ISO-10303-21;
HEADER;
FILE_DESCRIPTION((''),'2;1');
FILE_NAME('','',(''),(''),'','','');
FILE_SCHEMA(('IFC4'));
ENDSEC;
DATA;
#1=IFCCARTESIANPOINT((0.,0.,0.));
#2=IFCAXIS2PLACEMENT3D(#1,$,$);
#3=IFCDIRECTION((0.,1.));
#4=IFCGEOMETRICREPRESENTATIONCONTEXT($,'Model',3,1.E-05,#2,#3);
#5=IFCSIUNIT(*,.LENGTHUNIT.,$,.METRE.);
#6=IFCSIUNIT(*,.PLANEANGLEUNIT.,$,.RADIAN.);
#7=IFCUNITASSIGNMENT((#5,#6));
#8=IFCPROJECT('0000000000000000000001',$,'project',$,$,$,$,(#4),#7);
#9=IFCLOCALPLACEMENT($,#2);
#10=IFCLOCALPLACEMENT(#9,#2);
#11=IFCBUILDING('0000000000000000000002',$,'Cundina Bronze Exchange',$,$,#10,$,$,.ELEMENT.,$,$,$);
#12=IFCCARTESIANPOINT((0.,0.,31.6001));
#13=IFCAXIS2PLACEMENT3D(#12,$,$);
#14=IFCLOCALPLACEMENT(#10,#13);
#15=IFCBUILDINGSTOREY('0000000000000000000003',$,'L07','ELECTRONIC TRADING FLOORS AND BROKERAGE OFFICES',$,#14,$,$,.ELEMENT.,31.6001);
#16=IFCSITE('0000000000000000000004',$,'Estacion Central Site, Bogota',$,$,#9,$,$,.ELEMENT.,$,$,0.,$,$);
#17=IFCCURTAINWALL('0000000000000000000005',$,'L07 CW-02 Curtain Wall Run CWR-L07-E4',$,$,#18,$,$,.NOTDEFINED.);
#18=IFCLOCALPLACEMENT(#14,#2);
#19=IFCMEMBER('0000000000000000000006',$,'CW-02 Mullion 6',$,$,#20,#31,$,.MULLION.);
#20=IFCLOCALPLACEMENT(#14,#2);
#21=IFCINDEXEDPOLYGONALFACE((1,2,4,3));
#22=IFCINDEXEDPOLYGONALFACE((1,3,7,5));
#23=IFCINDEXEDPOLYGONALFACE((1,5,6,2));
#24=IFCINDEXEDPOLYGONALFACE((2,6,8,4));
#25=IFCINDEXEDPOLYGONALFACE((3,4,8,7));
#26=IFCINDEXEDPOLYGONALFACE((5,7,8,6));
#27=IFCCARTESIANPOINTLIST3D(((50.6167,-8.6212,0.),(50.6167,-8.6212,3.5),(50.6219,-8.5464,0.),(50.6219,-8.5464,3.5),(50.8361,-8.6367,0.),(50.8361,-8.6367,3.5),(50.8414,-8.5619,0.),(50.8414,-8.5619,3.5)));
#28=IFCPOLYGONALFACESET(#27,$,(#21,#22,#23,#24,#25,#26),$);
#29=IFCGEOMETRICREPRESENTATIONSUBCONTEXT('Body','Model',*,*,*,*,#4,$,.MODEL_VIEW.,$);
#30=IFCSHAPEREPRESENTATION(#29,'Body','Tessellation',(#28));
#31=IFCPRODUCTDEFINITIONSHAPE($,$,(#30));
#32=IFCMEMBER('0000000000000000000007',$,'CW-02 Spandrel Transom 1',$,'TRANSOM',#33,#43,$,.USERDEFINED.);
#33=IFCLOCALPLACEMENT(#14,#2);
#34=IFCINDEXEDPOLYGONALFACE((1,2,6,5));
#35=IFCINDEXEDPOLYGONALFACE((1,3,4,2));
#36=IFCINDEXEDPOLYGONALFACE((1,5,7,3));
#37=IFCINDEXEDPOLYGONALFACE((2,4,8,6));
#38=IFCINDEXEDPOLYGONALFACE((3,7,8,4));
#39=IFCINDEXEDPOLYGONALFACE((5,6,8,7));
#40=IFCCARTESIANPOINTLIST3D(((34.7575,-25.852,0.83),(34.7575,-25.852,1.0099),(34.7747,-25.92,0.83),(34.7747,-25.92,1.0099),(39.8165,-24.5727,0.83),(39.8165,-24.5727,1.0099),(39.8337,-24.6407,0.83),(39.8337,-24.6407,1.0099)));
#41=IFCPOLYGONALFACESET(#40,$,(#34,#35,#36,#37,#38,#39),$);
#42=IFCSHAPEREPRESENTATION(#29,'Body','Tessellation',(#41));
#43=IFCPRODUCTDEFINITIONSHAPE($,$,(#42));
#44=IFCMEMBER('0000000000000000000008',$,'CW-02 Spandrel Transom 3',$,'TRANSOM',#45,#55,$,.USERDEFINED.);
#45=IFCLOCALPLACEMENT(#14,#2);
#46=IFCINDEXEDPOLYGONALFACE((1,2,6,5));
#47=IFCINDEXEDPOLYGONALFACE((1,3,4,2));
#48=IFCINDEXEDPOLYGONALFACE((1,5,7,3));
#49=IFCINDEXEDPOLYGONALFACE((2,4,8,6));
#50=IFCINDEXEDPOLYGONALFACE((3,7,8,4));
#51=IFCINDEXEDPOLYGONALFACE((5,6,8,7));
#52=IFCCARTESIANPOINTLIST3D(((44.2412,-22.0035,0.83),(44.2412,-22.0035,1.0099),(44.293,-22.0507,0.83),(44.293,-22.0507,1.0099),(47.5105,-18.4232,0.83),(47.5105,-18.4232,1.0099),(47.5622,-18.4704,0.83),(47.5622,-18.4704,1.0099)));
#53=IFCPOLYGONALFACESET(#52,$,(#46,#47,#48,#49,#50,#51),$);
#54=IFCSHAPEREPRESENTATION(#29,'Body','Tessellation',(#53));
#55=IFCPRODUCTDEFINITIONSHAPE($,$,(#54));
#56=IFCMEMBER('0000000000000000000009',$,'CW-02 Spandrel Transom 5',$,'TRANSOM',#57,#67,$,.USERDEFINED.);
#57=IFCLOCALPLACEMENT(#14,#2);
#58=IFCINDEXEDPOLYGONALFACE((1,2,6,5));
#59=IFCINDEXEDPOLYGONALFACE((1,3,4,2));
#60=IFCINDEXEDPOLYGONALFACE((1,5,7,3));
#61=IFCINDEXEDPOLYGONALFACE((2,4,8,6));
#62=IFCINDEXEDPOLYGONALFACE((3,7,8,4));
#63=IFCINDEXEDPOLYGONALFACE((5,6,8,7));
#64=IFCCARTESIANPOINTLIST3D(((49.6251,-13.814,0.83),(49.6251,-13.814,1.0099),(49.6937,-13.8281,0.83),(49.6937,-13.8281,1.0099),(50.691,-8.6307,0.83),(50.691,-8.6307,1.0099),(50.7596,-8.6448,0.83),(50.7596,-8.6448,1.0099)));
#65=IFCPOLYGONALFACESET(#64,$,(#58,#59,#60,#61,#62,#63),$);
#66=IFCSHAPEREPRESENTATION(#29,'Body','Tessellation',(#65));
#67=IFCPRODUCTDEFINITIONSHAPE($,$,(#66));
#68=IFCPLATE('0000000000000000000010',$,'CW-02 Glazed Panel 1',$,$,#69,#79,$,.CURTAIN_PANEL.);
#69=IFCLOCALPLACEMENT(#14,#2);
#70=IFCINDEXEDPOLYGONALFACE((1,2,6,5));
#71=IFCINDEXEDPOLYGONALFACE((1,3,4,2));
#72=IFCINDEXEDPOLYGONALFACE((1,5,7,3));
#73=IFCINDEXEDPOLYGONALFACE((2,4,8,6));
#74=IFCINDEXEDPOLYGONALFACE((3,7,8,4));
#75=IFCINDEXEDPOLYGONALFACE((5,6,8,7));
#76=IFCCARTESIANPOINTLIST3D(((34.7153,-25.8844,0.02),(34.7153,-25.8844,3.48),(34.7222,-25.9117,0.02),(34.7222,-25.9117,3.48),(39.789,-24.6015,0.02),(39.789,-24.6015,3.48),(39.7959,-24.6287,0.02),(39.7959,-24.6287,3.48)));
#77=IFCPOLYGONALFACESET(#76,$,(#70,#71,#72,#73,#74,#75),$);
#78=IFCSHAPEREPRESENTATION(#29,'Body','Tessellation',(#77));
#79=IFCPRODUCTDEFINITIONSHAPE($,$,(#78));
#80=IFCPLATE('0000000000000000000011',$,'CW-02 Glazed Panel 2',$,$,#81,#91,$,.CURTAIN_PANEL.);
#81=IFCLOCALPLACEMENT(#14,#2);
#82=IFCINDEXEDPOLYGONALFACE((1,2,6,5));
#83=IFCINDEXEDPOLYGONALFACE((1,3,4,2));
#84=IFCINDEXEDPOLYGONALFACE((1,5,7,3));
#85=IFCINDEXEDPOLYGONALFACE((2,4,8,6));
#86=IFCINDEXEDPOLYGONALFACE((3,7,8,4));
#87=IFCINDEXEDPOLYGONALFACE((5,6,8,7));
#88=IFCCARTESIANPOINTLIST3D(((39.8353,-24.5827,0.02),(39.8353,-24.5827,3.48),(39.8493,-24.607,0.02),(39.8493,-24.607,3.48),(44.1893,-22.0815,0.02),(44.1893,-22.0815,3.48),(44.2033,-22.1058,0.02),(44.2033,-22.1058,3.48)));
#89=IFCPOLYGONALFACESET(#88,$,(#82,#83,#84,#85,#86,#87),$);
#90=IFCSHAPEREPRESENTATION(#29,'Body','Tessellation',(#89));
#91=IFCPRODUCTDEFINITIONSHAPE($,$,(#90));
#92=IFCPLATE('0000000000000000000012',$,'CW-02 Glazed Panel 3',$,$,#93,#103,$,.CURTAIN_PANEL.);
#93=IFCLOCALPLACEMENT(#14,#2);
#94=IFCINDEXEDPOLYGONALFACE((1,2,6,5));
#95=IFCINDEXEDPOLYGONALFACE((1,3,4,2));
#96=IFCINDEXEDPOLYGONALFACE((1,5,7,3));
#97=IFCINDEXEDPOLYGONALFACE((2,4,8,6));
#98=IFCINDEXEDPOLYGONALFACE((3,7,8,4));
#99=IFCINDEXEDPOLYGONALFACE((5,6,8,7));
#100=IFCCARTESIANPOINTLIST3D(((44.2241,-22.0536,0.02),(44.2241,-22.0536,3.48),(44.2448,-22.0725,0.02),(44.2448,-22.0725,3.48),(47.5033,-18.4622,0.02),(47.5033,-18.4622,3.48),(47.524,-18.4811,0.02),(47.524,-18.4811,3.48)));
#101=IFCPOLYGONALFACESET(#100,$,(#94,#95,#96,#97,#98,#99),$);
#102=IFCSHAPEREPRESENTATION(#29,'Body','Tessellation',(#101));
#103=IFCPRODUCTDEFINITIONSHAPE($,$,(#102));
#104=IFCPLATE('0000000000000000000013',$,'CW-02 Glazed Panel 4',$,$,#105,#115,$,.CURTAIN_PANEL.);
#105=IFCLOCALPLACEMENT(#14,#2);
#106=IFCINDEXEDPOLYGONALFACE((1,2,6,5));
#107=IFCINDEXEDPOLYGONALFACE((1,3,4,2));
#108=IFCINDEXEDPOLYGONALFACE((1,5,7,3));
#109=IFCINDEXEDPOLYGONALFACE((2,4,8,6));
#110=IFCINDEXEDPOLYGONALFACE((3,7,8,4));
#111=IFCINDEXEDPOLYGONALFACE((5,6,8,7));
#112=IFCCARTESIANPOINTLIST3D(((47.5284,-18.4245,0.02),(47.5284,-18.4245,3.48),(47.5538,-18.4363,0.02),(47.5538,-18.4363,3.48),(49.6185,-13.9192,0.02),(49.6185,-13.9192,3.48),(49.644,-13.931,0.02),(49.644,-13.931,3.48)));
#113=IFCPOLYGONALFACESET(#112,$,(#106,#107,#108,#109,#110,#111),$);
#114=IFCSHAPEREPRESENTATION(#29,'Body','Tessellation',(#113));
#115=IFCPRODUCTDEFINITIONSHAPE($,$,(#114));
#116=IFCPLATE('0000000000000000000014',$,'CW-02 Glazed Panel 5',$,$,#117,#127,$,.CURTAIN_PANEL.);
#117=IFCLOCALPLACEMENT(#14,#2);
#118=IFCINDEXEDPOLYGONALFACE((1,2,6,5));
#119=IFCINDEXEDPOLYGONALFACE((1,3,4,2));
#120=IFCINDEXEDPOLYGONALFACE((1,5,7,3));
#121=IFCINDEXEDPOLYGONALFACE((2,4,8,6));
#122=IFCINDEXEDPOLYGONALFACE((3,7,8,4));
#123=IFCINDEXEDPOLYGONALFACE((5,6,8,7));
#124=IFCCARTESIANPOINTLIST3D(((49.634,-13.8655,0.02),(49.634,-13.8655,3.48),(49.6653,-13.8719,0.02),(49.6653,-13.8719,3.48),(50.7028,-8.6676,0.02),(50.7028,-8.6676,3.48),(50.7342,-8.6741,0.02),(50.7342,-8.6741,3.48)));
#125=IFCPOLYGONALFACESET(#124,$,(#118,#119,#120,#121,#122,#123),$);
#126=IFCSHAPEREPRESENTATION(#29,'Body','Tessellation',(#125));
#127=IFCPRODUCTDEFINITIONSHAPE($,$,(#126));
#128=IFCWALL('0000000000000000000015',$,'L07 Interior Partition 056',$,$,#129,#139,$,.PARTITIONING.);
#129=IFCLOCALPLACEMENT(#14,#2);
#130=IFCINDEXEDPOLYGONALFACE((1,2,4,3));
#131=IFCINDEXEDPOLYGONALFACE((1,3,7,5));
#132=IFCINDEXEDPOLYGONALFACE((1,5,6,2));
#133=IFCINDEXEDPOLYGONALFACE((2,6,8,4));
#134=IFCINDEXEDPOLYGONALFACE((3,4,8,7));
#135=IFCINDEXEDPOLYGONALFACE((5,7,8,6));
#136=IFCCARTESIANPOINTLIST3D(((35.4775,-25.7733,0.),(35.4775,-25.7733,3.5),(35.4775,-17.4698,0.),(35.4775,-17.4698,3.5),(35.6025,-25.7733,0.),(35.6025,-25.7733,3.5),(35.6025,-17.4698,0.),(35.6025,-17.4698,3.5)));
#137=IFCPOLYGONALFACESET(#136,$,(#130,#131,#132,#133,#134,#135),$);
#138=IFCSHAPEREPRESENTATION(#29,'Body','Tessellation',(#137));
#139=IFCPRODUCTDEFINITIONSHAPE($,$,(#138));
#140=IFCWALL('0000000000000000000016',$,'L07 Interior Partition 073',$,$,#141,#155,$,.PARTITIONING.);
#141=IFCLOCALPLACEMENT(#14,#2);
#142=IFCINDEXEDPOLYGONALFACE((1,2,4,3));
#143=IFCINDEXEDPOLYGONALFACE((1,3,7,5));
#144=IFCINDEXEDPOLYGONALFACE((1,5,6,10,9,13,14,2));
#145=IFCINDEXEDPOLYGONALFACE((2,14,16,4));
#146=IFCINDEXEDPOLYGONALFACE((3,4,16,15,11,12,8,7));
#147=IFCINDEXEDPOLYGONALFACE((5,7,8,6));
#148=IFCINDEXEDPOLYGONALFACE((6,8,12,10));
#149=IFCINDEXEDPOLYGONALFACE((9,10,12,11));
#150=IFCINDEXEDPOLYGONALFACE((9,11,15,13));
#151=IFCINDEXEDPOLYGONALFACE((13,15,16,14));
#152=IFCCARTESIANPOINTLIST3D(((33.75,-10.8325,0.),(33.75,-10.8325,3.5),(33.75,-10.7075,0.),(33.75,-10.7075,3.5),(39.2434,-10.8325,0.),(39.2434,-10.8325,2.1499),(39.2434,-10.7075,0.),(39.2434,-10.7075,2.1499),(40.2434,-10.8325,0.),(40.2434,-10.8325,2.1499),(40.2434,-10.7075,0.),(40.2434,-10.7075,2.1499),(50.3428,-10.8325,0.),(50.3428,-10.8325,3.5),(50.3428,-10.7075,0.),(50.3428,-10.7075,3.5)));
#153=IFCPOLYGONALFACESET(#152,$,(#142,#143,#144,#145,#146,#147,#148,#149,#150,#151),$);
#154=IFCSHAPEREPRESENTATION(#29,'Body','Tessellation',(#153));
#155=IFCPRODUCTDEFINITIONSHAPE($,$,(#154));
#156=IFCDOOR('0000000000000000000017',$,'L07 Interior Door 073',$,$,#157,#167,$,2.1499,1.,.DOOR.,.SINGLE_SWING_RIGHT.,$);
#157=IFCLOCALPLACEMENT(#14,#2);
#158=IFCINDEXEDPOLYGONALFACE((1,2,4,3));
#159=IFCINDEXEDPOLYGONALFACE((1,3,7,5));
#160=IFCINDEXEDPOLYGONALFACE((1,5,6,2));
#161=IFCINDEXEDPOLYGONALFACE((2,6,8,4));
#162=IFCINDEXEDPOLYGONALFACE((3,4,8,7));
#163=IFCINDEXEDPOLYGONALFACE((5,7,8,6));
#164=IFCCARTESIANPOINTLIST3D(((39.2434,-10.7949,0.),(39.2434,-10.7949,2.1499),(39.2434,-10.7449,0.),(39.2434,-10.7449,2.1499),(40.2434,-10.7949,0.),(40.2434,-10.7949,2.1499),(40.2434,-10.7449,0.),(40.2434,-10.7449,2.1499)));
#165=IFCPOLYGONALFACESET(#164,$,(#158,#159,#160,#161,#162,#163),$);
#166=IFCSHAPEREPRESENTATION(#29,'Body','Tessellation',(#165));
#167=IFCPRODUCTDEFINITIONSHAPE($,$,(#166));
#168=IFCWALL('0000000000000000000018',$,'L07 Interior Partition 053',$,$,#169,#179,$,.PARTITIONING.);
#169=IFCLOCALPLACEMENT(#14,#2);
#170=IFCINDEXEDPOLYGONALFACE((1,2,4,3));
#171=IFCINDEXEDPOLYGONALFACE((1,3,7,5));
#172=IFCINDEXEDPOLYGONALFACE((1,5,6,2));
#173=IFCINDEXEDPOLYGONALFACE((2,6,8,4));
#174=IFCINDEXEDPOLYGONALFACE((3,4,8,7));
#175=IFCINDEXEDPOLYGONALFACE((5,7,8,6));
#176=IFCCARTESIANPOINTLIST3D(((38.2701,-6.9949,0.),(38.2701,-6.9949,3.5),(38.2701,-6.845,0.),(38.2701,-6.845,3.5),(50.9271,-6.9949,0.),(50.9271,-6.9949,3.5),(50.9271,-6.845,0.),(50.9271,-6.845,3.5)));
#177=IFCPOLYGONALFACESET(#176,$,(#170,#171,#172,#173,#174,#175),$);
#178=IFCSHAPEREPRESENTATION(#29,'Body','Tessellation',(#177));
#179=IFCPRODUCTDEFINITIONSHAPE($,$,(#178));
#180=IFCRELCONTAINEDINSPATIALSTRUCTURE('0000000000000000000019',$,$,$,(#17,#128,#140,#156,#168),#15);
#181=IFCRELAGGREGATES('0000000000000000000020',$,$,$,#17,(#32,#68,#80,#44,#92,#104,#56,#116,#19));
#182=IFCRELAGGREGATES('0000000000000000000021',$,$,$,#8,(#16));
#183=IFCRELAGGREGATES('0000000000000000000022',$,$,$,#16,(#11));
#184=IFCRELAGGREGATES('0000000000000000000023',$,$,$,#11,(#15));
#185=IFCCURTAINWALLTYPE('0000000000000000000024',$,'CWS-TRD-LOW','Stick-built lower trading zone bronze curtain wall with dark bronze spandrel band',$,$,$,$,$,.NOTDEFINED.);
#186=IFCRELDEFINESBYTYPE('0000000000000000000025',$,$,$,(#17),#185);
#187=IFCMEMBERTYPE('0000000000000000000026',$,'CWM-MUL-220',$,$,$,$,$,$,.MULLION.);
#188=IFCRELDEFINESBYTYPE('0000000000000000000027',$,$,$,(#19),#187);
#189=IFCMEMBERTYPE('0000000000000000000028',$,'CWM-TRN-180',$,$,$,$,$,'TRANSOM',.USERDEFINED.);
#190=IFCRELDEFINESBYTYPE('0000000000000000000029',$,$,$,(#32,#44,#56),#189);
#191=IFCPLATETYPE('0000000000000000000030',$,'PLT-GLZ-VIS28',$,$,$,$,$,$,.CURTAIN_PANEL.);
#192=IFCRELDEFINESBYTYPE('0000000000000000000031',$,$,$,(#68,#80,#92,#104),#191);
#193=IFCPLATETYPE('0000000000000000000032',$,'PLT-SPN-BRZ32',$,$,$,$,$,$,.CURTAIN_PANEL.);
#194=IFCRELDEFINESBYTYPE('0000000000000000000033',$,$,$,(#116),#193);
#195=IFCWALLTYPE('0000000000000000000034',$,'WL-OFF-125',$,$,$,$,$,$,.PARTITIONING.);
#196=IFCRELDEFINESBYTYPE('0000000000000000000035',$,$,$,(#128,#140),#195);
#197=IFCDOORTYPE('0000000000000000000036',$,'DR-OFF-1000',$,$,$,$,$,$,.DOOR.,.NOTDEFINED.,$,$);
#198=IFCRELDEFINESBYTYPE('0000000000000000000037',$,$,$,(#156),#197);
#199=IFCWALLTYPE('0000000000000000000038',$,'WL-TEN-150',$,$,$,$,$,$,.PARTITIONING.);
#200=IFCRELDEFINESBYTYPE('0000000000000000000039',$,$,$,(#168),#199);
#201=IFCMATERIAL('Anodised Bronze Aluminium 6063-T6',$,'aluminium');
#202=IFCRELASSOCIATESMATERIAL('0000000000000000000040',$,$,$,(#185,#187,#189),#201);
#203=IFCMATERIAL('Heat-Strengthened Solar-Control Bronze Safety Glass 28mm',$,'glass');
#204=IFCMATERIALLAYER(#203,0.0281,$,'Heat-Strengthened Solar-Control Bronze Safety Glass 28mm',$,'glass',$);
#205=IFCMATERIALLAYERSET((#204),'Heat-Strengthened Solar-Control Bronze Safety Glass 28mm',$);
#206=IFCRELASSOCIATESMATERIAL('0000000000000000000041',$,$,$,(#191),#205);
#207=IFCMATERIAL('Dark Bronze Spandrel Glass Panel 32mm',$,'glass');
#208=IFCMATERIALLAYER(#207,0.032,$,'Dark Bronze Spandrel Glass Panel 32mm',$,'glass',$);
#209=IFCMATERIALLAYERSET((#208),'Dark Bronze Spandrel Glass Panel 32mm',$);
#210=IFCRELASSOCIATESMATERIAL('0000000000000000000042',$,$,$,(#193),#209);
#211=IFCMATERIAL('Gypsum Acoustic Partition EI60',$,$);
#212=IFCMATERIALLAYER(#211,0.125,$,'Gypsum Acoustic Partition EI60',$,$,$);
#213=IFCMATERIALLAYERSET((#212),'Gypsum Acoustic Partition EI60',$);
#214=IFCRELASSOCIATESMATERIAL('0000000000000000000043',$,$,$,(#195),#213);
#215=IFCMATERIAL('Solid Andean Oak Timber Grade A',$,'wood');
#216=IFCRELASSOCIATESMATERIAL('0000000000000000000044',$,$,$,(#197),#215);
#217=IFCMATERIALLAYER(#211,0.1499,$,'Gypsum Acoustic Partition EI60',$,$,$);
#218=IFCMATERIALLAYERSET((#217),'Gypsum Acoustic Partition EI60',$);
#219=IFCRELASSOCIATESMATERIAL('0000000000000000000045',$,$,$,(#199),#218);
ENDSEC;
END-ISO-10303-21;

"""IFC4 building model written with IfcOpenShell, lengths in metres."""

from ifc_helpers import new_model, si_unit, direction, frame, frame_2d, origin, origin_2d, place, context, subcontext, project, spatial, rectangle, extrude, material, layer, layer_set, material_profile, profile_set, type_object, element, fill, aggregate, save


model = new_model("IFC4")

# Units and contexts
model_context = context("Model", 3, precision=1e-05, world=origin(), true_north=direction((0.0, 1.0)))
body_context = subcontext(model_context, "Body", "Model", "MODEL_VIEW")
ifc_project = project(units=[si_unit("LENGTHUNIT", "METRE"), si_unit("PLANEANGLEUNIT", "RADIAN")], contexts=[model_context])

# Site, building, storey
site_placement = place(None, origin())
site = spatial("IfcSite", under=ifc_project, at=site_placement, Name="Estacion Central Site, Bogota", CompositionType="ELEMENT", RefElevation=0.0)
building_placement = place(site_placement, origin())
building = spatial("IfcBuilding", under=site, at=building_placement, Name="Cundina Bronze Exchange", CompositionType="ELEMENT")
storey_placement = place(building_placement, frame((0.0, 0.0, 31.6001)))
storey = spatial("IfcBuildingStorey", under=building, at=storey_placement, Name="L07", Description="ELECTRONIC TRADING FLOORS AND BROKERAGE OFFICES", CompositionType="ELEMENT", Elevation=31.6001)

# Curtain wall, members, plates
ifc_material_1 = material(Name="Anodised Bronze Aluminium 6063-T6", Category="aluminium")
curtain_wall_type = type_object("IfcCurtainWallType", Name="CWS-TRD-LOW", Description="Stick-built lower trading zone bronze curtain wall with dark bronze spandrel band", PredefinedType="NOTDEFINED", material=ifc_material_1)
curtain_wall_placement = place(storey_placement, origin())
curtain_wall = element("IfcCurtainWall", 1, at=curtain_wall_placement, inside=storey, type_object=curtain_wall_type, Name="L07 CW-02 Curtain Wall Run CWR-L07-E4", PredefinedType="NOTDEFINED")
ifc_material_profile_1 = material_profile(ifc_material_1, rectangle(XDim=0.075, YDim=0.22, at=origin_2d()), Name="AL75X220", Category="aluminium")
ifc_profile_set_1 = profile_set([ifc_material_profile_1], Name="Anodised Bronze Aluminium 6063-T6")
member_type_1 = type_object("IfcMemberType", Name="CWM-MUL-220", PredefinedType="MULLION", material=ifc_profile_set_1)
member_1_placement = place(storey_placement, frame((50.729, -8.5916, 0.0), z_axis=(0.0, 0.0, 1.0), x_axis=(0.070279, 0.997527, 0.0)))
member_1 = element("IfcMember", 2, at=member_1_placement, type_object=member_type_1, Name="CW-02 Mullion 6", PredefinedType="MULLION", context=body_context, shape_type="SweptSolid", body=[
    extrude(rectangle(XDim=0.075, YDim=0.22, at=origin_2d()), origin(), (0.0, 0.0, 1.0), 3.5),
])
ifc_material_profile_2 = material_profile(ifc_material_1, rectangle(XDim=0.0701, YDim=0.1799, at=origin_2d()), Name="AL70X180", Category="aluminium")
ifc_profile_set_2 = profile_set([ifc_material_profile_2], Name="Anodised Bronze Aluminium 6063-T6")
member_type_2 = type_object("IfcMemberType", Name="CWM-TRN-180", ElementType="TRANSOM", PredefinedType="USERDEFINED", material=ifc_profile_set_2)
member_2_placement = place(storey_placement, frame((34.7661, -25.886, 0.9199), z_axis=(0.969484, 0.245155, 0.0), x_axis=(-0.245155, 0.969484, 0.0)))
member_2 = element("IfcMember", 3, at=member_2_placement, type_object=member_type_2, Name="CW-02 Spandrel Transom 1", ObjectType="TRANSOM", PredefinedType="USERDEFINED", context=body_context, shape_type="SweptSolid", body=[
    extrude(rectangle(XDim=0.0701, YDim=0.1799, at=origin_2d()), origin(), (0.0, 0.0, 1.0), 5.2183),
])
member_3_placement = place(storey_placement, frame((44.2671, -22.0271, 0.9199), z_axis=(0.674303, 0.738455, 0.0), x_axis=(-0.738455, 0.674303, 0.0)))
member_3 = element("IfcMember", 4, at=member_3_placement, type_object=member_type_2, Name="CW-02 Spandrel Transom 3", ObjectType="TRANSOM", PredefinedType="USERDEFINED", context=body_context, shape_type="SweptSolid", body=[
    extrude(rectangle(XDim=0.0701, YDim=0.1799, at=origin_2d()), origin(), (0.0, 0.0, 1.0), 4.8484),
])
member_4_placement = place(storey_placement, frame((49.6594, -13.821, 0.9199), z_axis=(0.201428, 0.979503, 0.0), x_axis=(-0.979503, 0.201428, 0.0)))
member_4 = element("IfcMember", 5, at=member_4_placement, type_object=member_type_2, Name="CW-02 Spandrel Transom 5", ObjectType="TRANSOM", PredefinedType="USERDEFINED", context=body_context, shape_type="SweptSolid", body=[
    extrude(rectangle(XDim=0.0701, YDim=0.1799, at=origin_2d()), origin(), (0.0, 0.0, 1.0), 5.2917),
])
ifc_material_2 = material(Name="Heat-Strengthened Solar-Control Bronze Safety Glass 28mm", Category="glass")
ifc_layer_1 = layer(ifc_material_2, 0.0281, Name="Heat-Strengthened Solar-Control Bronze Safety Glass 28mm", Category="glass")
ifc_layer_set_1 = layer_set([ifc_layer_1], Name="Heat-Strengthened Solar-Control Bronze Safety Glass 28mm")
plate_type_1 = type_object("IfcPlateType", Name="PLT-GLZ-VIS28", PredefinedType="CURTAIN_PANEL", material=ifc_layer_set_1)
plate_1_placement = place(storey_placement, frame((37.2556, -25.2566, 0.02), z_axis=(0.0, 0.0, 1.0), x_axis=(0.969488, 0.245138, 0.0)))
plate_1 = element("IfcPlate", 6, at=plate_1_placement, type_object=plate_type_1, Name="CW-02 Glazed Panel 1", PredefinedType="CURTAIN_PANEL", context=body_context, shape_type="SweptSolid", body=[
    extrude(rectangle(XDim=5.2334, YDim=0.0281, at=origin_2d()), origin(), (0.0, 0.0, 1.0), 3.46),
])
plate_2_placement = place(storey_placement, frame((42.0193, -23.3442, 0.02), z_axis=(0.0, 0.0, 1.0), x_axis=(0.867105, 0.498125, 0.0)))
plate_2 = element("IfcPlate", 7, at=plate_2_placement, type_object=plate_type_1, Name="CW-02 Glazed Panel 2", PredefinedType="CURTAIN_PANEL", context=body_context, shape_type="SweptSolid", body=[
    extrude(rectangle(XDim=5.0212, YDim=0.0281, at=origin_2d()), origin(), (0.0, 0.0, 1.0), 3.46),
])
plate_3_placement = place(storey_placement, frame((45.874, -20.2673, 0.02), z_axis=(0.0, 0.0, 1.0), x_axis=(0.674277, 0.738479, 0.0)))
plate_3 = element("IfcPlate", 8, at=plate_3_placement, type_object=plate_type_1, Name="CW-02 Glazed Panel 3", PredefinedType="CURTAIN_PANEL", context=body_context, shape_type="SweptSolid", body=[
    extrude(rectangle(XDim=4.8633, YDim=0.0281, at=origin_2d()), origin(), (0.0, 0.0, 1.0), 3.46),
])
plate_4_placement = place(storey_placement, frame((48.5862, -16.1777, 0.02), z_axis=(0.0, 0.0, 1.0), x_axis=(0.420846, 0.907132, 0.0)))
plate_4 = element("IfcPlate", 9, at=plate_4_placement, type_object=plate_type_1, Name="CW-02 Glazed Panel 4", PredefinedType="CURTAIN_PANEL", context=body_context, shape_type="SweptSolid", body=[
    extrude(rectangle(XDim=4.9666, YDim=0.0281, at=origin_2d()), origin(), (0.0, 0.0, 1.0), 3.46),
])
ifc_material_3 = material(Name="Dark Bronze Spandrel Glass Panel 32mm", Category="glass")
ifc_layer_2 = layer(ifc_material_3, 0.032, Name="Dark Bronze Spandrel Glass Panel 32mm", Category="glass")
ifc_layer_set_2 = layer_set([ifc_layer_2], Name="Dark Bronze Spandrel Glass Panel 32mm")
plate_type_2 = type_object("IfcPlateType", Name="PLT-SPN-BRZ32", PredefinedType="CURTAIN_PANEL", material=ifc_layer_set_2)
plate_5_placement = place(storey_placement, frame((50.1841, -11.2698, 0.02), z_axis=(0.0, 0.0, 1.0), x_axis=(0.20142, 0.979505, 0.0)))
plate_5 = element("IfcPlate", 10, at=plate_5_placement, type_object=plate_type_2, Name="CW-02 Glazed Panel 5", PredefinedType="CURTAIN_PANEL", context=body_context, shape_type="SweptSolid", body=[
    extrude(rectangle(XDim=5.3066, YDim=0.032, at=origin_2d()), origin(), (0.0, 0.0, 1.0), 3.46),
])
aggregate(curtain_wall, [member_2, plate_1, plate_2, member_3, plate_3, plate_4, member_4, plate_5, member_1])

# Wall
ifc_material_4 = material(Name="Gypsum Acoustic Partition EI60")
ifc_layer_3 = layer(ifc_material_4, 0.125, Name="Gypsum Acoustic Partition EI60")
ifc_layer_set_3 = layer_set([ifc_layer_3], Name="Gypsum Acoustic Partition EI60")
wall_type_1 = type_object("IfcWallType", Name="WL-OFF-125", PredefinedType="PARTITIONING", material=ifc_layer_set_3)
wall_1_placement = place(storey_placement, frame((35.54, -25.7734, 0.0), z_axis=(0.0, 0.0, 1.0), x_axis=(0.0, 1.0, 0.0)))
element("IfcWall", 11, at=wall_1_placement, inside=storey, type_object=wall_type_1, Name="L07 Interior Partition 056", PredefinedType="PARTITIONING", context=body_context, shape_type="SweptSolid", body=[
    extrude(rectangle(XDim=8.3035, YDim=0.125, at=frame_2d((4.1519, 0.0))), origin(), (0.0, 0.0, 1.0), 3.5),
])

# Wall, opening, door
wall_2_placement = place(storey_placement, frame((50.3428, -10.77, 0.0), z_axis=(0.0, 0.0, 1.0), x_axis=(-1.0, 0.0, 0.0)))
wall_2 = element("IfcWall", 12, at=wall_2_placement, inside=storey, type_object=wall_type_1, Name="L07 Interior Partition 073", PredefinedType="PARTITIONING", context=body_context, shape_type="SweptSolid", body=[
    extrude(rectangle(XDim=16.5928, YDim=0.125, at=frame_2d((8.2964, 0.0))), origin(), (0.0, 0.0, 1.0), 3.5),
])
opening_placement = place(wall_2_placement, frame((10.0994, 0.0, 0.0)))
opening = element("IfcOpeningElement", 13, at=opening_placement, cuts=wall_2, PredefinedType="OPENING", context=body_context, shape_type="SweptSolid", body=[
    extrude(rectangle(XDim=1.0, YDim=2.1499, at=frame_2d((0.5, 1.075))), frame((0.0, 0.0725, 0.0), z_axis=(0.0, -1.0, 0.0), x_axis=(1.0, 0.0, 0.0)), (0.0, 0.0, 1.0), 0.145),
])
ifc_material_5 = material(Name="Solid Andean Oak Timber Grade A", Category="wood")
door_type = type_object("IfcDoorType", Name="DR-OFF-1000", OperationType="NOTDEFINED", PredefinedType="DOOR", material=ifc_material_5)
door_placement = place(opening_placement, origin())
door = element("IfcDoor", 14, at=door_placement, inside=storey, type_object=door_type, Name="L07 Interior Door 073", OperationType="SINGLE_SWING_RIGHT", OverallHeight=2.1499, OverallWidth=1.0, PredefinedType="DOOR", context=body_context, shape_type="SweptSolid", body=[
    extrude(rectangle(XDim=1.0, YDim=2.1499, at=frame_2d((0.5, 1.075))), frame((0.0, 0.0249, 0.0), z_axis=(0.0, -1.0, 0.0), x_axis=(1.0, 0.0, 0.0)), (0.0, 0.0, 1.0), 0.05),
])
fill(opening, door)

# Wall
ifc_layer_4 = layer(ifc_material_4, 0.1499, Name="Gypsum Acoustic Partition EI60")
ifc_layer_set_4 = layer_set([ifc_layer_4], Name="Gypsum Acoustic Partition EI60")
wall_type_2 = type_object("IfcWallType", Name="WL-TEN-150", PredefinedType="PARTITIONING", material=ifc_layer_set_4)
wall_3_placement = place(storey_placement, frame((38.27, -6.9199, 0.0), z_axis=(0.0, 0.0, 1.0), x_axis=(1.0, 0.0, 0.0)))
element("IfcWall", 15, at=wall_3_placement, inside=storey, type_object=wall_type_2, Name="L07 Interior Partition 053", PredefinedType="PARTITIONING", context=body_context, shape_type="SweptSolid", body=[
    extrude(rectangle(XDim=12.657, YDim=0.1499, at=frame_2d((6.3286, 0.0))), origin(), (0.0, 0.0, 1.0), 3.5),
])

save(model, "model.ifc")
